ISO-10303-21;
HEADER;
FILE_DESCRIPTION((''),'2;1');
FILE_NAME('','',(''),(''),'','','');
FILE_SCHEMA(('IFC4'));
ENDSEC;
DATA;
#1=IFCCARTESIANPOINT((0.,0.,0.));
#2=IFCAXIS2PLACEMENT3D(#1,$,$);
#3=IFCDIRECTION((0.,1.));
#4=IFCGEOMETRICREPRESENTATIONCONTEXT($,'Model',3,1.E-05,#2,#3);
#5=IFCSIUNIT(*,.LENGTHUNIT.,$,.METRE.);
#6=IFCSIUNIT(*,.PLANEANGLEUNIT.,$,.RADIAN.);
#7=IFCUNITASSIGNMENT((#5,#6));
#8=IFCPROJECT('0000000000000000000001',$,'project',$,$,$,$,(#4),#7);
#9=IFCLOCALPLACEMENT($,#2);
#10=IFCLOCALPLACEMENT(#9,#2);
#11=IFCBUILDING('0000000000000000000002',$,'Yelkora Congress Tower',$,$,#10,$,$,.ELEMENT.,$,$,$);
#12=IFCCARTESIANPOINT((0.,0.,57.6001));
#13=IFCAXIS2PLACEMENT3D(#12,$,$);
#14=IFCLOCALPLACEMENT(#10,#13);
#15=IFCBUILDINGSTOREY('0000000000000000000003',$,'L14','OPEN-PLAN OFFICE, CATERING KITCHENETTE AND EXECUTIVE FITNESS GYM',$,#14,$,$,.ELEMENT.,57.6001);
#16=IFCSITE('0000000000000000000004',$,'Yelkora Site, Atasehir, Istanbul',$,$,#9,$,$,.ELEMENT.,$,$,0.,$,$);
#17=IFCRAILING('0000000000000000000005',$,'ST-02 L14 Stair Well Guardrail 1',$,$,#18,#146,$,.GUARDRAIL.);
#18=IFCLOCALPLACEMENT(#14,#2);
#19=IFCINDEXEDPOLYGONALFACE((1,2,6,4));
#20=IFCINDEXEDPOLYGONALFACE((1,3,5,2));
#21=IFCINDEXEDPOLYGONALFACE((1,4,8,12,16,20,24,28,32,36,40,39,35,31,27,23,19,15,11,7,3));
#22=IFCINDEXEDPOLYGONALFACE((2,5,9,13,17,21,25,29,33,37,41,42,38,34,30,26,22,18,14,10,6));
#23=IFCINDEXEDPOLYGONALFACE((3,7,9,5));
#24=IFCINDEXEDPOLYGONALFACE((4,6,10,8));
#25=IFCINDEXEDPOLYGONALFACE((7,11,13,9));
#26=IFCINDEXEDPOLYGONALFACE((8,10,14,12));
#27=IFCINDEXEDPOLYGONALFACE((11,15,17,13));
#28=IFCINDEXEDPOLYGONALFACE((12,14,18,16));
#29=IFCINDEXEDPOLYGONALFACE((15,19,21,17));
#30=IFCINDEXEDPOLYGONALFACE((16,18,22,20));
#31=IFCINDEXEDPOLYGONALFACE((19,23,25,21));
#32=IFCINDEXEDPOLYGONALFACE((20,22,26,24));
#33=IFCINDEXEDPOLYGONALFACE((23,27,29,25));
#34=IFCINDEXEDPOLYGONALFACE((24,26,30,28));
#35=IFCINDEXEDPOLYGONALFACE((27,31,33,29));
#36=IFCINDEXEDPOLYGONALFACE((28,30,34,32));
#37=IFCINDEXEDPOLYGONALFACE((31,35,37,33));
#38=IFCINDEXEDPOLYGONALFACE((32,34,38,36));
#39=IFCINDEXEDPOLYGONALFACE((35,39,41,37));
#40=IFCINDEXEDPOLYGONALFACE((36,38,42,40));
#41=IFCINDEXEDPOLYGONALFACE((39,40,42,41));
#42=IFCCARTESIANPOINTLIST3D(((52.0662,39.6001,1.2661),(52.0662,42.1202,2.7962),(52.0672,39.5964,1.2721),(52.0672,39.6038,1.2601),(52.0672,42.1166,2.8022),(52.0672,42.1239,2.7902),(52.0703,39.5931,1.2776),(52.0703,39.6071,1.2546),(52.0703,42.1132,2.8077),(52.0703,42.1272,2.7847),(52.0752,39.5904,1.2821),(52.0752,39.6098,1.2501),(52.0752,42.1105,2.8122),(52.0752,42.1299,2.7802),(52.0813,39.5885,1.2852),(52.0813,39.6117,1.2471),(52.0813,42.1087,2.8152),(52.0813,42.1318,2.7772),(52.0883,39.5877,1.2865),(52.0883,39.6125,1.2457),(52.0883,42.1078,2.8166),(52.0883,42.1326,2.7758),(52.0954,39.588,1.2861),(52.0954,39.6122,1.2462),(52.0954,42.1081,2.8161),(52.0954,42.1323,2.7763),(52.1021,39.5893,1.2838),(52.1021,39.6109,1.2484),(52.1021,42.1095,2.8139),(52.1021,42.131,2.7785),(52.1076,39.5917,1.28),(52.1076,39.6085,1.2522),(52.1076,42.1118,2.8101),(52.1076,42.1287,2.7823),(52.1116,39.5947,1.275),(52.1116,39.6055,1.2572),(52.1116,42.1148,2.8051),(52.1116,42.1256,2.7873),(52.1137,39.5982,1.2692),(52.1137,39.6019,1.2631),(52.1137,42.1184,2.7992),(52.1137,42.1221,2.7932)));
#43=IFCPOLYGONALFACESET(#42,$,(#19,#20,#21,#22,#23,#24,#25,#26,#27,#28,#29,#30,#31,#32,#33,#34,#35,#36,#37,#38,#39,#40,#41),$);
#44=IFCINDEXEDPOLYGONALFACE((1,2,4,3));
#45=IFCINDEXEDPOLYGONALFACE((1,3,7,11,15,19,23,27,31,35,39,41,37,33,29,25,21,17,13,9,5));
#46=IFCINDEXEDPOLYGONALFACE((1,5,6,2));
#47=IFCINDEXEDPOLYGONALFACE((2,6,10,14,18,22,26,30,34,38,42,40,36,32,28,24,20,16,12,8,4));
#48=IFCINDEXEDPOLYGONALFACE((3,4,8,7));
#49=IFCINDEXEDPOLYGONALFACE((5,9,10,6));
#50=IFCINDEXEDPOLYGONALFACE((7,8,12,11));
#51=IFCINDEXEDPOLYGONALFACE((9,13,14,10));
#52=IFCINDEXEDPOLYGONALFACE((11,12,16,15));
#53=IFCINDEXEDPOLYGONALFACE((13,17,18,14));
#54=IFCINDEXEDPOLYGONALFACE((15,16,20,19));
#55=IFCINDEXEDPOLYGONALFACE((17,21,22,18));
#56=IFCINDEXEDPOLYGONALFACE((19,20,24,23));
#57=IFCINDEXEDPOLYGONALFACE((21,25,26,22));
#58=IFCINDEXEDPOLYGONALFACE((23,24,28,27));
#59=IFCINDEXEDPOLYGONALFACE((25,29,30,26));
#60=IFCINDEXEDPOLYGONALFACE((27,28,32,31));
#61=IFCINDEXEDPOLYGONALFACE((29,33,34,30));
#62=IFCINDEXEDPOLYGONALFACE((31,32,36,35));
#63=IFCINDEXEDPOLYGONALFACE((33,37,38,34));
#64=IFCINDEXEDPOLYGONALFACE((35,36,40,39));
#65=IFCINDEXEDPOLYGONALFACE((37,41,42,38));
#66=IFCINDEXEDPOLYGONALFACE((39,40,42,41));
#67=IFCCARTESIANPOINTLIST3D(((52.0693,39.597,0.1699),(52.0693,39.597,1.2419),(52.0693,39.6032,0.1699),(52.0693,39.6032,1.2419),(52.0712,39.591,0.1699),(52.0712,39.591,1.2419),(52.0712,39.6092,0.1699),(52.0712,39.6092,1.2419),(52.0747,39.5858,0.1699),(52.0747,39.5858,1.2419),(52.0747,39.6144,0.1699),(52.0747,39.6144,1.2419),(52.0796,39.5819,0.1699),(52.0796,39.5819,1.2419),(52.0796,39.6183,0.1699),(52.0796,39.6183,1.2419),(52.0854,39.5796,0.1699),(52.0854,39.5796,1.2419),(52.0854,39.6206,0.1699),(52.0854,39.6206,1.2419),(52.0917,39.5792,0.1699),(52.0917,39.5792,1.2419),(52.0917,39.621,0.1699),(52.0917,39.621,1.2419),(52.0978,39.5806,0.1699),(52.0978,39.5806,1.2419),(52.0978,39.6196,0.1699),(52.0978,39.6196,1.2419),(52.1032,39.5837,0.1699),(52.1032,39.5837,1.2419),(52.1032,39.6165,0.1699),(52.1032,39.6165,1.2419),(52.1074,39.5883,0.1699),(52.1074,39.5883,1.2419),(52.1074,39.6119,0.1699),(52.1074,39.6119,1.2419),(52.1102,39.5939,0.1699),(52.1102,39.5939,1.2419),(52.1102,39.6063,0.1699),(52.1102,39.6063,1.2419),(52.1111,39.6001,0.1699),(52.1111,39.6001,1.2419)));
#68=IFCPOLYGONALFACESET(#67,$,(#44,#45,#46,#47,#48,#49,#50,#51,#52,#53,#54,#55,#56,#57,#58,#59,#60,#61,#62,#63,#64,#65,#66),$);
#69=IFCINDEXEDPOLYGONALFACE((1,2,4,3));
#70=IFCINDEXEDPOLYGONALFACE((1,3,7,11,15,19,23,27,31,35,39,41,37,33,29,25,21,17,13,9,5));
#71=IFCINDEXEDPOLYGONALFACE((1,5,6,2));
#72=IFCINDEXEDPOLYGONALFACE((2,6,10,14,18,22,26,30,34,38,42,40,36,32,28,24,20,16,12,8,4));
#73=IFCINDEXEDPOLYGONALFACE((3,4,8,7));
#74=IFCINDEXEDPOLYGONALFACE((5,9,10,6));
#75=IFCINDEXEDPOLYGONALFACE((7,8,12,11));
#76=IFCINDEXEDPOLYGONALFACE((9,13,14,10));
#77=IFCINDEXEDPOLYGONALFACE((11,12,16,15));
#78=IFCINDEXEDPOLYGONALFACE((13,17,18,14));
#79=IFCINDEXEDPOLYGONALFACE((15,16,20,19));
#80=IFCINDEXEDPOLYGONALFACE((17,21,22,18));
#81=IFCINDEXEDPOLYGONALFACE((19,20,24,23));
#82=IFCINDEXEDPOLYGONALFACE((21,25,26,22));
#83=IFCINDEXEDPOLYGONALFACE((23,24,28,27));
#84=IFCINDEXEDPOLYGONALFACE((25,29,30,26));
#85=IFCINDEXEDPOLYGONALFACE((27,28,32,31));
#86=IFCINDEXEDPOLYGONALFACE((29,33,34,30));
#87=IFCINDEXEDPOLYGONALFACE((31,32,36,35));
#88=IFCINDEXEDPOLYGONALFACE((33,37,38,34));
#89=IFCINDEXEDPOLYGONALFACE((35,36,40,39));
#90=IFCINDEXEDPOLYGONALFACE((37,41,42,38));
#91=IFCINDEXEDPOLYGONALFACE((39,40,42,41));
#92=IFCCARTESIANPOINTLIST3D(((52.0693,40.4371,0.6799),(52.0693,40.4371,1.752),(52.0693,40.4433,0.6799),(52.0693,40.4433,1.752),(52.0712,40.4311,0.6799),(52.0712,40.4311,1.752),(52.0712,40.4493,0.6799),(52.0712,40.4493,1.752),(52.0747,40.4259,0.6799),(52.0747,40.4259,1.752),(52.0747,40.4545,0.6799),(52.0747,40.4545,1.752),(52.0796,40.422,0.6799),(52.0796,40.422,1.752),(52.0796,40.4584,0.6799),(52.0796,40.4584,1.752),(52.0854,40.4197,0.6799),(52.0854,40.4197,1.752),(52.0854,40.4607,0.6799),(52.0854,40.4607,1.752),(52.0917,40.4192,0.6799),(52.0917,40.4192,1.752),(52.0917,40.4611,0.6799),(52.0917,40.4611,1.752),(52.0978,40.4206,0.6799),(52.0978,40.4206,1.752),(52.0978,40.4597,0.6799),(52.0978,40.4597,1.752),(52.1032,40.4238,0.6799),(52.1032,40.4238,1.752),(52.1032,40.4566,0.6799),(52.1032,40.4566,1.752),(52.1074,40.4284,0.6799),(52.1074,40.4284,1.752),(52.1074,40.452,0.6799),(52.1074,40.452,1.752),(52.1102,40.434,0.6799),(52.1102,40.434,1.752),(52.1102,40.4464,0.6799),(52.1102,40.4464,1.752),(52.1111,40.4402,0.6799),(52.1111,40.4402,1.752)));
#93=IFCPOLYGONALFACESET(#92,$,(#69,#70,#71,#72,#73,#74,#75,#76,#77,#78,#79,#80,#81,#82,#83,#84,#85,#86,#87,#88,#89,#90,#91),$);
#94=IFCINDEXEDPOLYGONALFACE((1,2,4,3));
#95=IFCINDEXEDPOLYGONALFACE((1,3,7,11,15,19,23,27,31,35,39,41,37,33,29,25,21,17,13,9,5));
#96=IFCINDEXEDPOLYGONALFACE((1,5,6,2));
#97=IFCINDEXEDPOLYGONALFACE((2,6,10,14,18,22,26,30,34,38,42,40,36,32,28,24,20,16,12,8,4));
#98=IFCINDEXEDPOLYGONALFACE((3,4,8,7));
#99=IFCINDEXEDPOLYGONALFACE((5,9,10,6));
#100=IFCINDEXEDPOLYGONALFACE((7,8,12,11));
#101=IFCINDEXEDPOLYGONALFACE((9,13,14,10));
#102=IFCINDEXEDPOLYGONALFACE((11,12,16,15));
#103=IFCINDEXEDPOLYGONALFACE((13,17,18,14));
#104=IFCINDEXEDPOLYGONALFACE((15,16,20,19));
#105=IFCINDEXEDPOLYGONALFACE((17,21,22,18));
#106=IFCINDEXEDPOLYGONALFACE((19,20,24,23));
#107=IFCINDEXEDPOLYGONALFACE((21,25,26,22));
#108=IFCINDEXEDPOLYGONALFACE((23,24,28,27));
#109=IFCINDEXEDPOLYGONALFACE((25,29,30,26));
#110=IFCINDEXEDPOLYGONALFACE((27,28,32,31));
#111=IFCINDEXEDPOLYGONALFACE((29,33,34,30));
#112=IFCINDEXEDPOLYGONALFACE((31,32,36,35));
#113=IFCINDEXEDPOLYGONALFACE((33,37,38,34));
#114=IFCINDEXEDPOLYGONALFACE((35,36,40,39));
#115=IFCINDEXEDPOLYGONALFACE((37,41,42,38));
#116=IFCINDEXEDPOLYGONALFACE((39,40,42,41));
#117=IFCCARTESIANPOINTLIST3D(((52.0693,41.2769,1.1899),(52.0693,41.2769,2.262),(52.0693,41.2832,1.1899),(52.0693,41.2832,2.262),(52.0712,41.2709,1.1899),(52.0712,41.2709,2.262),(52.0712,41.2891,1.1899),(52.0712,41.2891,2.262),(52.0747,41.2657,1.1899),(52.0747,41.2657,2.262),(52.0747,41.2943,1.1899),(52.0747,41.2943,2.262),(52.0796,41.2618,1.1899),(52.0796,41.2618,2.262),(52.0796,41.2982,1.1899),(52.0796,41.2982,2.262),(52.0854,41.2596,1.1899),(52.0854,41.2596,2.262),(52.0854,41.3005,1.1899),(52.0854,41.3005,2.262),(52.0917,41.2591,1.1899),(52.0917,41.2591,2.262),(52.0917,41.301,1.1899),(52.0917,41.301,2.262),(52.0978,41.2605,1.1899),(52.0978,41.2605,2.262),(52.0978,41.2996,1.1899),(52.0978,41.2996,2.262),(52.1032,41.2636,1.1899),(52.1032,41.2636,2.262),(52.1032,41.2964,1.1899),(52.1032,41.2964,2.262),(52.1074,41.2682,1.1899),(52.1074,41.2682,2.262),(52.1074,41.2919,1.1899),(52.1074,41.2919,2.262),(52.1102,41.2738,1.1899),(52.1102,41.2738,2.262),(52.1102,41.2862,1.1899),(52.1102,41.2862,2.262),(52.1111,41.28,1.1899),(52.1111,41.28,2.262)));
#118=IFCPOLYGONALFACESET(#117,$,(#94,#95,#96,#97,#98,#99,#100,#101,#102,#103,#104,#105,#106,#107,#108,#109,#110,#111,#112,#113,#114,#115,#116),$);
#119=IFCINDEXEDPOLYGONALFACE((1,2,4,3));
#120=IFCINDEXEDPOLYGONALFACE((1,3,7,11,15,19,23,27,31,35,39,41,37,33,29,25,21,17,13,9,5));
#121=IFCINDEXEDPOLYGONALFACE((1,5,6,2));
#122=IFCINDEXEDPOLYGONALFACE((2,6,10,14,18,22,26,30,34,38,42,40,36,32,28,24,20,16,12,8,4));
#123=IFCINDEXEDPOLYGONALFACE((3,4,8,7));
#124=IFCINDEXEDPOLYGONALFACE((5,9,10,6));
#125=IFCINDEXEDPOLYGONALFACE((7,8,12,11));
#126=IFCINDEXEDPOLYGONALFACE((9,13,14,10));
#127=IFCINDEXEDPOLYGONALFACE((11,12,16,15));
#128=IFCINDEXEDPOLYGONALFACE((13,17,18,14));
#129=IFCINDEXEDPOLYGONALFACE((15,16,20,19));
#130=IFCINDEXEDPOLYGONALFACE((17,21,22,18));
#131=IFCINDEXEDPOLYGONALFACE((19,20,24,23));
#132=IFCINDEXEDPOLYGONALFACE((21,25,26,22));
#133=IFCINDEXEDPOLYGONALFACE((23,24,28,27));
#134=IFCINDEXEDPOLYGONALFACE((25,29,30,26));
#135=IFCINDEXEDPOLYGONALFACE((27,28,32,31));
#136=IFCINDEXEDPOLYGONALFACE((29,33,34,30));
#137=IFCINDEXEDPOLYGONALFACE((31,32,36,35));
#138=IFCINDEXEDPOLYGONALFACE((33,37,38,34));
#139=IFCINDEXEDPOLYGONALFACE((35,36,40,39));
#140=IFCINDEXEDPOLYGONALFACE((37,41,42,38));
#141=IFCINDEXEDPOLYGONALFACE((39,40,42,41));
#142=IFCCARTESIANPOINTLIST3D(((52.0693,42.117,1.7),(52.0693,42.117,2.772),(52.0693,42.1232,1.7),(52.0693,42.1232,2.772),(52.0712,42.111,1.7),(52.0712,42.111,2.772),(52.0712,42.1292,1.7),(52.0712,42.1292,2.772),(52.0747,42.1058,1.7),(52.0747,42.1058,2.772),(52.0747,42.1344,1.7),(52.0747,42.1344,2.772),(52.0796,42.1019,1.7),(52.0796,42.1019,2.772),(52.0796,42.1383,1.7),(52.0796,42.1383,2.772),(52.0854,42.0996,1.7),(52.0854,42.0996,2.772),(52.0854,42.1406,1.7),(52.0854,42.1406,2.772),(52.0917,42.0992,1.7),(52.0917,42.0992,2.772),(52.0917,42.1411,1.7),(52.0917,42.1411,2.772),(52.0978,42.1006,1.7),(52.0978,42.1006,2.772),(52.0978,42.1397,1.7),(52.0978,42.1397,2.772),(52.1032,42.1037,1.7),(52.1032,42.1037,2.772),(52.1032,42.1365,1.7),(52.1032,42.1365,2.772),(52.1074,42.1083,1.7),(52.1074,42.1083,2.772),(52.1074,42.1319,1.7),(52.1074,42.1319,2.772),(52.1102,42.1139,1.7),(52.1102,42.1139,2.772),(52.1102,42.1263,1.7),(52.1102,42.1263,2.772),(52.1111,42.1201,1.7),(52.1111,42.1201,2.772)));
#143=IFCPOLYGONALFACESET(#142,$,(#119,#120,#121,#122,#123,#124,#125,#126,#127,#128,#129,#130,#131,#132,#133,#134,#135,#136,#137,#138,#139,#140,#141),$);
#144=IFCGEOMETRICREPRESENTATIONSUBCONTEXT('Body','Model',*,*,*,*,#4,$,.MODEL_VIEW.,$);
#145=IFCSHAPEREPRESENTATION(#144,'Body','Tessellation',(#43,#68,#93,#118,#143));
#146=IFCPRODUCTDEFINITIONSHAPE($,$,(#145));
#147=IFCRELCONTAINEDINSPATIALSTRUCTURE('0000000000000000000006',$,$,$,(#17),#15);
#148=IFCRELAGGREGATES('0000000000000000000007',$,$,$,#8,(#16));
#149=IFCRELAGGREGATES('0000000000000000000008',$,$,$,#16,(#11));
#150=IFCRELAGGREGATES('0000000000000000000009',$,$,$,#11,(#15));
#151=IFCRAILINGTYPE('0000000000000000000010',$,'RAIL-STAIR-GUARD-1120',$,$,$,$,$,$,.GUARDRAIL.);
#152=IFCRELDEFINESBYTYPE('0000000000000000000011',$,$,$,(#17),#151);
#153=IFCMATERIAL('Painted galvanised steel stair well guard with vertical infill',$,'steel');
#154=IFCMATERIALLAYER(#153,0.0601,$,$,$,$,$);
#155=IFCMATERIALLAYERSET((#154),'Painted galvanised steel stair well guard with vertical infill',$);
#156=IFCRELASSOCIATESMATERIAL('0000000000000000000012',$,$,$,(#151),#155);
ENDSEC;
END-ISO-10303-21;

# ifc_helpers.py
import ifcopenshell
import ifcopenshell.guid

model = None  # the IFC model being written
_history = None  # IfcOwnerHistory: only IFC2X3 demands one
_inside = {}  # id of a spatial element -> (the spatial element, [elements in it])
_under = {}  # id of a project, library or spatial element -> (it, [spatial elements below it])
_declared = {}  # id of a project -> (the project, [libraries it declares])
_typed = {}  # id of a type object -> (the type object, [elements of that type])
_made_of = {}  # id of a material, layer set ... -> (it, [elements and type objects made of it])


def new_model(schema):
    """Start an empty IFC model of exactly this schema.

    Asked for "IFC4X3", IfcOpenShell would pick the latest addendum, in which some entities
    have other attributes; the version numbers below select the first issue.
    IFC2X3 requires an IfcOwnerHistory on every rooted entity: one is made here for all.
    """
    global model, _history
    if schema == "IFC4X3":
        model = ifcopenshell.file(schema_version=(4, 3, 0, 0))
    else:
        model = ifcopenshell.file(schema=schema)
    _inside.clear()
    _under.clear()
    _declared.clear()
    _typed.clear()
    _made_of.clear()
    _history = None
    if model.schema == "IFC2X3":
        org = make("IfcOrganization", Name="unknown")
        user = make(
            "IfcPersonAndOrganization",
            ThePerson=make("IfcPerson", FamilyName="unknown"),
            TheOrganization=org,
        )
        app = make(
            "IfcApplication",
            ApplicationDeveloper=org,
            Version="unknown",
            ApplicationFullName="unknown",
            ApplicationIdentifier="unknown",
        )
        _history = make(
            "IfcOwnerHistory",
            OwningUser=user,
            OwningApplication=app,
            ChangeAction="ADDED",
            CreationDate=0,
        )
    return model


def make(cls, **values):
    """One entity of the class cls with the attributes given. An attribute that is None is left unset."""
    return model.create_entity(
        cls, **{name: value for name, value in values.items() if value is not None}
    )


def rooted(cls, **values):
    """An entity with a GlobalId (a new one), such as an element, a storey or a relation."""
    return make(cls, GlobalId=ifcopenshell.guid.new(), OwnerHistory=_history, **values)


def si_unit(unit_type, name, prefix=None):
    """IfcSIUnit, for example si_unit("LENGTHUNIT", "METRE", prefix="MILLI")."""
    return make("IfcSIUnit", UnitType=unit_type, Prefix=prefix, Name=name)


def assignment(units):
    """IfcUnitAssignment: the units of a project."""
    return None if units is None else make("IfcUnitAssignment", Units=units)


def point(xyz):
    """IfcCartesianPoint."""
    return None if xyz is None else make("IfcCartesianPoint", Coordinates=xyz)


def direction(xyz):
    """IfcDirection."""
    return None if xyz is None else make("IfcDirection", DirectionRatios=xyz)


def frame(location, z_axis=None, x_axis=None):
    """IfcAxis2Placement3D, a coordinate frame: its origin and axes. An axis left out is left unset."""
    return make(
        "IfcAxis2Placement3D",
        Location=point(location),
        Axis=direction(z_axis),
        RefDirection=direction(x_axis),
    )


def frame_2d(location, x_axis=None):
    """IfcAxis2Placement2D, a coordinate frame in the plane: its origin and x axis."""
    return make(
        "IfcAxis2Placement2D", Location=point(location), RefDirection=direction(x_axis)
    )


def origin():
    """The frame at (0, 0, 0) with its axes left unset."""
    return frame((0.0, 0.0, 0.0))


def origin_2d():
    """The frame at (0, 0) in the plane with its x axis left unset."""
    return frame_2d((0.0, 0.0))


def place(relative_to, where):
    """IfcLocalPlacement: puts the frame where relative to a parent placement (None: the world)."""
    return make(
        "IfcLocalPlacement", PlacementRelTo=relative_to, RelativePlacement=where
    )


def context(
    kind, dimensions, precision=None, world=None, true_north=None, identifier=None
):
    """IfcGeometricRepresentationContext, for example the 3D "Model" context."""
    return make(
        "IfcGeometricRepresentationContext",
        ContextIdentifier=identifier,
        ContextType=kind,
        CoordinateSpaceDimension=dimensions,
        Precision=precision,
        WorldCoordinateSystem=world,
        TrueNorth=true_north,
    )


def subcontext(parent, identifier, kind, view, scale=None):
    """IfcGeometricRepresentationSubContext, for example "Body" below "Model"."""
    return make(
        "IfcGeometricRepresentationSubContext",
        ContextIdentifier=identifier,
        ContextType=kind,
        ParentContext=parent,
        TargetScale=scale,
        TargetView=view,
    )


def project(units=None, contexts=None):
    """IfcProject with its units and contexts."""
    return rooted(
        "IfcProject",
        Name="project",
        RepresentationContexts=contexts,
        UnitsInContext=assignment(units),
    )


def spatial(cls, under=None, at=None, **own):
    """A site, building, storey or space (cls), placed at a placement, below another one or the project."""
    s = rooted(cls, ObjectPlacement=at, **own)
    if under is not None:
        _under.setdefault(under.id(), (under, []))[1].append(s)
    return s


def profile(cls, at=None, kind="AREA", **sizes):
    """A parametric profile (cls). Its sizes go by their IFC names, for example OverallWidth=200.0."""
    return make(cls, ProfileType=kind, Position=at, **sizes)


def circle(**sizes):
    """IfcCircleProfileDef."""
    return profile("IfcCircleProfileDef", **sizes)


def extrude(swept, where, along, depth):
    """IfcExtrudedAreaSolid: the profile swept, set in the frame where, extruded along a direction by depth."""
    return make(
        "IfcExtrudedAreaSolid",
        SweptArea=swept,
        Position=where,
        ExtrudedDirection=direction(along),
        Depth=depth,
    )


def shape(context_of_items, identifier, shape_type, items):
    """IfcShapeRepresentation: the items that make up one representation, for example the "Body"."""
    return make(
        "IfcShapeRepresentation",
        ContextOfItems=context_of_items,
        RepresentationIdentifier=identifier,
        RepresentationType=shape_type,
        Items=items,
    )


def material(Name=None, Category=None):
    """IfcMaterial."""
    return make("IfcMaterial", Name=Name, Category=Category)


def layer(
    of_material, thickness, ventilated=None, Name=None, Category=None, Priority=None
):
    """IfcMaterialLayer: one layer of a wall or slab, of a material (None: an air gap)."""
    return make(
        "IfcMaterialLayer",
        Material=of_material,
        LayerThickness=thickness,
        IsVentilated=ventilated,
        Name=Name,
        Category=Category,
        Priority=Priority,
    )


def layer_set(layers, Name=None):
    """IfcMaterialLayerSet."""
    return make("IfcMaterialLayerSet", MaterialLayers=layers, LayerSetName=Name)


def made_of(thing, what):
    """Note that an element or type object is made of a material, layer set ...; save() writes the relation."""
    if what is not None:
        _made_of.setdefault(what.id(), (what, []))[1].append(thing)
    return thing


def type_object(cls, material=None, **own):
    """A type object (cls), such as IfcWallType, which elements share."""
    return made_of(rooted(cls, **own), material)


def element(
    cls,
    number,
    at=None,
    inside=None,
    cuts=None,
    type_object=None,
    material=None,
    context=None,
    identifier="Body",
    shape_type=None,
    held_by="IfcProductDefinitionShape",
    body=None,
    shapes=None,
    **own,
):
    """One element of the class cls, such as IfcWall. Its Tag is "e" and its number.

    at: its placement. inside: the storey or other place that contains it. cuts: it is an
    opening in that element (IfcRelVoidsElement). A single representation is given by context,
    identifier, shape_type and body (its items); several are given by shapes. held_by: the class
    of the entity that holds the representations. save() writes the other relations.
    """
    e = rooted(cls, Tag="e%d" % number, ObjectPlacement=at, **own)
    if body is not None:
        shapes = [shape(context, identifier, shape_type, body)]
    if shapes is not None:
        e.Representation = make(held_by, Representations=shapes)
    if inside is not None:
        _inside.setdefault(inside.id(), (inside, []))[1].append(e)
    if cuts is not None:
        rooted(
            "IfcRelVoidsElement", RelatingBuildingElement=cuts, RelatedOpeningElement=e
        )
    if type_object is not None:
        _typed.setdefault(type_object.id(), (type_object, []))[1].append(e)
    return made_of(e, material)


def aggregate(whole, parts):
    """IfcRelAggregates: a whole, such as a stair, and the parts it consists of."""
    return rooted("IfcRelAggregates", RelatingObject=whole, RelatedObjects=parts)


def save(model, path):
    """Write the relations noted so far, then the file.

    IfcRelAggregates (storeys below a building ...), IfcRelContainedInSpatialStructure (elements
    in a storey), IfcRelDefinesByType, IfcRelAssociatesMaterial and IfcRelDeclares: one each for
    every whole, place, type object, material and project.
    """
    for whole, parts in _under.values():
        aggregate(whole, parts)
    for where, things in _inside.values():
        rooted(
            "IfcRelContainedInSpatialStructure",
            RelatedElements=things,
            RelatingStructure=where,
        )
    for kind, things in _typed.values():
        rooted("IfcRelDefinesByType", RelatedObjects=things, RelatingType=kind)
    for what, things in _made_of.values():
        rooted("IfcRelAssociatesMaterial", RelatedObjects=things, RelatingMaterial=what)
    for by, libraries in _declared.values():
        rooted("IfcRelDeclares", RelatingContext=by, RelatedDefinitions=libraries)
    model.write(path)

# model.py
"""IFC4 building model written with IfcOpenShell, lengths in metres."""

from ifc_helpers import new_model, si_unit, direction, frame, origin, origin_2d, place, context, subcontext, project, spatial, circle, extrude, material, layer, layer_set, type_object, element, save


model = new_model("IFC4")

# Units and contexts
model_context = context("Model", 3, precision=1e-05, world=origin(), true_north=direction((0.0, 1.0)))
body_context = subcontext(model_context, "Body", "Model", "MODEL_VIEW")
ifc_project = project(units=[si_unit("LENGTHUNIT", "METRE"), si_unit("PLANEANGLEUNIT", "RADIAN")], contexts=[model_context])

# Site, building, storey
site_placement = place(None, origin())
site = spatial("IfcSite", under=ifc_project, at=site_placement, Name="Yelkora Site, Atasehir, Istanbul", CompositionType="ELEMENT", RefElevation=0.0)
building_placement = place(site_placement, origin())
building = spatial("IfcBuilding", under=site, at=building_placement, Name="Yelkora Congress Tower", CompositionType="ELEMENT")
storey_placement = place(building_placement, frame((0.0, 0.0, 57.6001)))
storey = spatial("IfcBuildingStorey", under=building, at=storey_placement, Name="L14", Description="OPEN-PLAN OFFICE, CATERING KITCHENETTE AND EXECUTIVE FITNESS GYM", CompositionType="ELEMENT", Elevation=57.6001)

# Railing
ifc_material_1 = material(Name="Painted galvanised steel stair well guard with vertical infill", Category="steel")
ifc_layer_1 = layer(ifc_material_1, 0.0601)
ifc_layer_set_1 = layer_set([ifc_layer_1], Name="Painted galvanised steel stair well guard with vertical infill")
railing_type_1 = type_object("IfcRailingType", Name="RAIL-STAIR-GUARD-1120", PredefinedType="GUARDRAIL", material=ifc_layer_set_1)
railing_1_placement = place(storey_placement, frame((52.0901, 39.6001, 0.1699)))
element("IfcRailing", 1, at=railing_1_placement, inside=storey, type_object=railing_type_1, Name="ST-02 L14 Stair Well Guardrail 1", PredefinedType="GUARDRAIL", context=body_context, shape_type="SweptSolid", body=[
    extrude(circle(Radius=0.0239, at=origin_2d()), frame((0.0, 0.0, 1.0962), z_axis=(0.0, 0.854785, 0.518982), x_axis=(-1.0, 0.0, 0.0)), (0.0, 0.0, 1.0), 2.9482),
    extrude(circle(Radius=0.021, at=origin_2d()), origin(), (0.0, 0.0, 1.0), 1.072),
    extrude(circle(Radius=0.021, at=origin_2d()), frame((0.0, 0.8401, 0.51)), (0.0, 0.0, 1.0), 1.072),
    extrude(circle(Radius=0.021, at=origin_2d()), frame((0.0, 1.6799, 1.02)), (0.0, 0.0, 1.0), 1.072),
    extrude(circle(Radius=0.021, at=origin_2d()), frame((0.0, 2.52, 1.53)), (0.0, 0.0, 1.0), 1.072),
])

save(model, "model.ifc")
